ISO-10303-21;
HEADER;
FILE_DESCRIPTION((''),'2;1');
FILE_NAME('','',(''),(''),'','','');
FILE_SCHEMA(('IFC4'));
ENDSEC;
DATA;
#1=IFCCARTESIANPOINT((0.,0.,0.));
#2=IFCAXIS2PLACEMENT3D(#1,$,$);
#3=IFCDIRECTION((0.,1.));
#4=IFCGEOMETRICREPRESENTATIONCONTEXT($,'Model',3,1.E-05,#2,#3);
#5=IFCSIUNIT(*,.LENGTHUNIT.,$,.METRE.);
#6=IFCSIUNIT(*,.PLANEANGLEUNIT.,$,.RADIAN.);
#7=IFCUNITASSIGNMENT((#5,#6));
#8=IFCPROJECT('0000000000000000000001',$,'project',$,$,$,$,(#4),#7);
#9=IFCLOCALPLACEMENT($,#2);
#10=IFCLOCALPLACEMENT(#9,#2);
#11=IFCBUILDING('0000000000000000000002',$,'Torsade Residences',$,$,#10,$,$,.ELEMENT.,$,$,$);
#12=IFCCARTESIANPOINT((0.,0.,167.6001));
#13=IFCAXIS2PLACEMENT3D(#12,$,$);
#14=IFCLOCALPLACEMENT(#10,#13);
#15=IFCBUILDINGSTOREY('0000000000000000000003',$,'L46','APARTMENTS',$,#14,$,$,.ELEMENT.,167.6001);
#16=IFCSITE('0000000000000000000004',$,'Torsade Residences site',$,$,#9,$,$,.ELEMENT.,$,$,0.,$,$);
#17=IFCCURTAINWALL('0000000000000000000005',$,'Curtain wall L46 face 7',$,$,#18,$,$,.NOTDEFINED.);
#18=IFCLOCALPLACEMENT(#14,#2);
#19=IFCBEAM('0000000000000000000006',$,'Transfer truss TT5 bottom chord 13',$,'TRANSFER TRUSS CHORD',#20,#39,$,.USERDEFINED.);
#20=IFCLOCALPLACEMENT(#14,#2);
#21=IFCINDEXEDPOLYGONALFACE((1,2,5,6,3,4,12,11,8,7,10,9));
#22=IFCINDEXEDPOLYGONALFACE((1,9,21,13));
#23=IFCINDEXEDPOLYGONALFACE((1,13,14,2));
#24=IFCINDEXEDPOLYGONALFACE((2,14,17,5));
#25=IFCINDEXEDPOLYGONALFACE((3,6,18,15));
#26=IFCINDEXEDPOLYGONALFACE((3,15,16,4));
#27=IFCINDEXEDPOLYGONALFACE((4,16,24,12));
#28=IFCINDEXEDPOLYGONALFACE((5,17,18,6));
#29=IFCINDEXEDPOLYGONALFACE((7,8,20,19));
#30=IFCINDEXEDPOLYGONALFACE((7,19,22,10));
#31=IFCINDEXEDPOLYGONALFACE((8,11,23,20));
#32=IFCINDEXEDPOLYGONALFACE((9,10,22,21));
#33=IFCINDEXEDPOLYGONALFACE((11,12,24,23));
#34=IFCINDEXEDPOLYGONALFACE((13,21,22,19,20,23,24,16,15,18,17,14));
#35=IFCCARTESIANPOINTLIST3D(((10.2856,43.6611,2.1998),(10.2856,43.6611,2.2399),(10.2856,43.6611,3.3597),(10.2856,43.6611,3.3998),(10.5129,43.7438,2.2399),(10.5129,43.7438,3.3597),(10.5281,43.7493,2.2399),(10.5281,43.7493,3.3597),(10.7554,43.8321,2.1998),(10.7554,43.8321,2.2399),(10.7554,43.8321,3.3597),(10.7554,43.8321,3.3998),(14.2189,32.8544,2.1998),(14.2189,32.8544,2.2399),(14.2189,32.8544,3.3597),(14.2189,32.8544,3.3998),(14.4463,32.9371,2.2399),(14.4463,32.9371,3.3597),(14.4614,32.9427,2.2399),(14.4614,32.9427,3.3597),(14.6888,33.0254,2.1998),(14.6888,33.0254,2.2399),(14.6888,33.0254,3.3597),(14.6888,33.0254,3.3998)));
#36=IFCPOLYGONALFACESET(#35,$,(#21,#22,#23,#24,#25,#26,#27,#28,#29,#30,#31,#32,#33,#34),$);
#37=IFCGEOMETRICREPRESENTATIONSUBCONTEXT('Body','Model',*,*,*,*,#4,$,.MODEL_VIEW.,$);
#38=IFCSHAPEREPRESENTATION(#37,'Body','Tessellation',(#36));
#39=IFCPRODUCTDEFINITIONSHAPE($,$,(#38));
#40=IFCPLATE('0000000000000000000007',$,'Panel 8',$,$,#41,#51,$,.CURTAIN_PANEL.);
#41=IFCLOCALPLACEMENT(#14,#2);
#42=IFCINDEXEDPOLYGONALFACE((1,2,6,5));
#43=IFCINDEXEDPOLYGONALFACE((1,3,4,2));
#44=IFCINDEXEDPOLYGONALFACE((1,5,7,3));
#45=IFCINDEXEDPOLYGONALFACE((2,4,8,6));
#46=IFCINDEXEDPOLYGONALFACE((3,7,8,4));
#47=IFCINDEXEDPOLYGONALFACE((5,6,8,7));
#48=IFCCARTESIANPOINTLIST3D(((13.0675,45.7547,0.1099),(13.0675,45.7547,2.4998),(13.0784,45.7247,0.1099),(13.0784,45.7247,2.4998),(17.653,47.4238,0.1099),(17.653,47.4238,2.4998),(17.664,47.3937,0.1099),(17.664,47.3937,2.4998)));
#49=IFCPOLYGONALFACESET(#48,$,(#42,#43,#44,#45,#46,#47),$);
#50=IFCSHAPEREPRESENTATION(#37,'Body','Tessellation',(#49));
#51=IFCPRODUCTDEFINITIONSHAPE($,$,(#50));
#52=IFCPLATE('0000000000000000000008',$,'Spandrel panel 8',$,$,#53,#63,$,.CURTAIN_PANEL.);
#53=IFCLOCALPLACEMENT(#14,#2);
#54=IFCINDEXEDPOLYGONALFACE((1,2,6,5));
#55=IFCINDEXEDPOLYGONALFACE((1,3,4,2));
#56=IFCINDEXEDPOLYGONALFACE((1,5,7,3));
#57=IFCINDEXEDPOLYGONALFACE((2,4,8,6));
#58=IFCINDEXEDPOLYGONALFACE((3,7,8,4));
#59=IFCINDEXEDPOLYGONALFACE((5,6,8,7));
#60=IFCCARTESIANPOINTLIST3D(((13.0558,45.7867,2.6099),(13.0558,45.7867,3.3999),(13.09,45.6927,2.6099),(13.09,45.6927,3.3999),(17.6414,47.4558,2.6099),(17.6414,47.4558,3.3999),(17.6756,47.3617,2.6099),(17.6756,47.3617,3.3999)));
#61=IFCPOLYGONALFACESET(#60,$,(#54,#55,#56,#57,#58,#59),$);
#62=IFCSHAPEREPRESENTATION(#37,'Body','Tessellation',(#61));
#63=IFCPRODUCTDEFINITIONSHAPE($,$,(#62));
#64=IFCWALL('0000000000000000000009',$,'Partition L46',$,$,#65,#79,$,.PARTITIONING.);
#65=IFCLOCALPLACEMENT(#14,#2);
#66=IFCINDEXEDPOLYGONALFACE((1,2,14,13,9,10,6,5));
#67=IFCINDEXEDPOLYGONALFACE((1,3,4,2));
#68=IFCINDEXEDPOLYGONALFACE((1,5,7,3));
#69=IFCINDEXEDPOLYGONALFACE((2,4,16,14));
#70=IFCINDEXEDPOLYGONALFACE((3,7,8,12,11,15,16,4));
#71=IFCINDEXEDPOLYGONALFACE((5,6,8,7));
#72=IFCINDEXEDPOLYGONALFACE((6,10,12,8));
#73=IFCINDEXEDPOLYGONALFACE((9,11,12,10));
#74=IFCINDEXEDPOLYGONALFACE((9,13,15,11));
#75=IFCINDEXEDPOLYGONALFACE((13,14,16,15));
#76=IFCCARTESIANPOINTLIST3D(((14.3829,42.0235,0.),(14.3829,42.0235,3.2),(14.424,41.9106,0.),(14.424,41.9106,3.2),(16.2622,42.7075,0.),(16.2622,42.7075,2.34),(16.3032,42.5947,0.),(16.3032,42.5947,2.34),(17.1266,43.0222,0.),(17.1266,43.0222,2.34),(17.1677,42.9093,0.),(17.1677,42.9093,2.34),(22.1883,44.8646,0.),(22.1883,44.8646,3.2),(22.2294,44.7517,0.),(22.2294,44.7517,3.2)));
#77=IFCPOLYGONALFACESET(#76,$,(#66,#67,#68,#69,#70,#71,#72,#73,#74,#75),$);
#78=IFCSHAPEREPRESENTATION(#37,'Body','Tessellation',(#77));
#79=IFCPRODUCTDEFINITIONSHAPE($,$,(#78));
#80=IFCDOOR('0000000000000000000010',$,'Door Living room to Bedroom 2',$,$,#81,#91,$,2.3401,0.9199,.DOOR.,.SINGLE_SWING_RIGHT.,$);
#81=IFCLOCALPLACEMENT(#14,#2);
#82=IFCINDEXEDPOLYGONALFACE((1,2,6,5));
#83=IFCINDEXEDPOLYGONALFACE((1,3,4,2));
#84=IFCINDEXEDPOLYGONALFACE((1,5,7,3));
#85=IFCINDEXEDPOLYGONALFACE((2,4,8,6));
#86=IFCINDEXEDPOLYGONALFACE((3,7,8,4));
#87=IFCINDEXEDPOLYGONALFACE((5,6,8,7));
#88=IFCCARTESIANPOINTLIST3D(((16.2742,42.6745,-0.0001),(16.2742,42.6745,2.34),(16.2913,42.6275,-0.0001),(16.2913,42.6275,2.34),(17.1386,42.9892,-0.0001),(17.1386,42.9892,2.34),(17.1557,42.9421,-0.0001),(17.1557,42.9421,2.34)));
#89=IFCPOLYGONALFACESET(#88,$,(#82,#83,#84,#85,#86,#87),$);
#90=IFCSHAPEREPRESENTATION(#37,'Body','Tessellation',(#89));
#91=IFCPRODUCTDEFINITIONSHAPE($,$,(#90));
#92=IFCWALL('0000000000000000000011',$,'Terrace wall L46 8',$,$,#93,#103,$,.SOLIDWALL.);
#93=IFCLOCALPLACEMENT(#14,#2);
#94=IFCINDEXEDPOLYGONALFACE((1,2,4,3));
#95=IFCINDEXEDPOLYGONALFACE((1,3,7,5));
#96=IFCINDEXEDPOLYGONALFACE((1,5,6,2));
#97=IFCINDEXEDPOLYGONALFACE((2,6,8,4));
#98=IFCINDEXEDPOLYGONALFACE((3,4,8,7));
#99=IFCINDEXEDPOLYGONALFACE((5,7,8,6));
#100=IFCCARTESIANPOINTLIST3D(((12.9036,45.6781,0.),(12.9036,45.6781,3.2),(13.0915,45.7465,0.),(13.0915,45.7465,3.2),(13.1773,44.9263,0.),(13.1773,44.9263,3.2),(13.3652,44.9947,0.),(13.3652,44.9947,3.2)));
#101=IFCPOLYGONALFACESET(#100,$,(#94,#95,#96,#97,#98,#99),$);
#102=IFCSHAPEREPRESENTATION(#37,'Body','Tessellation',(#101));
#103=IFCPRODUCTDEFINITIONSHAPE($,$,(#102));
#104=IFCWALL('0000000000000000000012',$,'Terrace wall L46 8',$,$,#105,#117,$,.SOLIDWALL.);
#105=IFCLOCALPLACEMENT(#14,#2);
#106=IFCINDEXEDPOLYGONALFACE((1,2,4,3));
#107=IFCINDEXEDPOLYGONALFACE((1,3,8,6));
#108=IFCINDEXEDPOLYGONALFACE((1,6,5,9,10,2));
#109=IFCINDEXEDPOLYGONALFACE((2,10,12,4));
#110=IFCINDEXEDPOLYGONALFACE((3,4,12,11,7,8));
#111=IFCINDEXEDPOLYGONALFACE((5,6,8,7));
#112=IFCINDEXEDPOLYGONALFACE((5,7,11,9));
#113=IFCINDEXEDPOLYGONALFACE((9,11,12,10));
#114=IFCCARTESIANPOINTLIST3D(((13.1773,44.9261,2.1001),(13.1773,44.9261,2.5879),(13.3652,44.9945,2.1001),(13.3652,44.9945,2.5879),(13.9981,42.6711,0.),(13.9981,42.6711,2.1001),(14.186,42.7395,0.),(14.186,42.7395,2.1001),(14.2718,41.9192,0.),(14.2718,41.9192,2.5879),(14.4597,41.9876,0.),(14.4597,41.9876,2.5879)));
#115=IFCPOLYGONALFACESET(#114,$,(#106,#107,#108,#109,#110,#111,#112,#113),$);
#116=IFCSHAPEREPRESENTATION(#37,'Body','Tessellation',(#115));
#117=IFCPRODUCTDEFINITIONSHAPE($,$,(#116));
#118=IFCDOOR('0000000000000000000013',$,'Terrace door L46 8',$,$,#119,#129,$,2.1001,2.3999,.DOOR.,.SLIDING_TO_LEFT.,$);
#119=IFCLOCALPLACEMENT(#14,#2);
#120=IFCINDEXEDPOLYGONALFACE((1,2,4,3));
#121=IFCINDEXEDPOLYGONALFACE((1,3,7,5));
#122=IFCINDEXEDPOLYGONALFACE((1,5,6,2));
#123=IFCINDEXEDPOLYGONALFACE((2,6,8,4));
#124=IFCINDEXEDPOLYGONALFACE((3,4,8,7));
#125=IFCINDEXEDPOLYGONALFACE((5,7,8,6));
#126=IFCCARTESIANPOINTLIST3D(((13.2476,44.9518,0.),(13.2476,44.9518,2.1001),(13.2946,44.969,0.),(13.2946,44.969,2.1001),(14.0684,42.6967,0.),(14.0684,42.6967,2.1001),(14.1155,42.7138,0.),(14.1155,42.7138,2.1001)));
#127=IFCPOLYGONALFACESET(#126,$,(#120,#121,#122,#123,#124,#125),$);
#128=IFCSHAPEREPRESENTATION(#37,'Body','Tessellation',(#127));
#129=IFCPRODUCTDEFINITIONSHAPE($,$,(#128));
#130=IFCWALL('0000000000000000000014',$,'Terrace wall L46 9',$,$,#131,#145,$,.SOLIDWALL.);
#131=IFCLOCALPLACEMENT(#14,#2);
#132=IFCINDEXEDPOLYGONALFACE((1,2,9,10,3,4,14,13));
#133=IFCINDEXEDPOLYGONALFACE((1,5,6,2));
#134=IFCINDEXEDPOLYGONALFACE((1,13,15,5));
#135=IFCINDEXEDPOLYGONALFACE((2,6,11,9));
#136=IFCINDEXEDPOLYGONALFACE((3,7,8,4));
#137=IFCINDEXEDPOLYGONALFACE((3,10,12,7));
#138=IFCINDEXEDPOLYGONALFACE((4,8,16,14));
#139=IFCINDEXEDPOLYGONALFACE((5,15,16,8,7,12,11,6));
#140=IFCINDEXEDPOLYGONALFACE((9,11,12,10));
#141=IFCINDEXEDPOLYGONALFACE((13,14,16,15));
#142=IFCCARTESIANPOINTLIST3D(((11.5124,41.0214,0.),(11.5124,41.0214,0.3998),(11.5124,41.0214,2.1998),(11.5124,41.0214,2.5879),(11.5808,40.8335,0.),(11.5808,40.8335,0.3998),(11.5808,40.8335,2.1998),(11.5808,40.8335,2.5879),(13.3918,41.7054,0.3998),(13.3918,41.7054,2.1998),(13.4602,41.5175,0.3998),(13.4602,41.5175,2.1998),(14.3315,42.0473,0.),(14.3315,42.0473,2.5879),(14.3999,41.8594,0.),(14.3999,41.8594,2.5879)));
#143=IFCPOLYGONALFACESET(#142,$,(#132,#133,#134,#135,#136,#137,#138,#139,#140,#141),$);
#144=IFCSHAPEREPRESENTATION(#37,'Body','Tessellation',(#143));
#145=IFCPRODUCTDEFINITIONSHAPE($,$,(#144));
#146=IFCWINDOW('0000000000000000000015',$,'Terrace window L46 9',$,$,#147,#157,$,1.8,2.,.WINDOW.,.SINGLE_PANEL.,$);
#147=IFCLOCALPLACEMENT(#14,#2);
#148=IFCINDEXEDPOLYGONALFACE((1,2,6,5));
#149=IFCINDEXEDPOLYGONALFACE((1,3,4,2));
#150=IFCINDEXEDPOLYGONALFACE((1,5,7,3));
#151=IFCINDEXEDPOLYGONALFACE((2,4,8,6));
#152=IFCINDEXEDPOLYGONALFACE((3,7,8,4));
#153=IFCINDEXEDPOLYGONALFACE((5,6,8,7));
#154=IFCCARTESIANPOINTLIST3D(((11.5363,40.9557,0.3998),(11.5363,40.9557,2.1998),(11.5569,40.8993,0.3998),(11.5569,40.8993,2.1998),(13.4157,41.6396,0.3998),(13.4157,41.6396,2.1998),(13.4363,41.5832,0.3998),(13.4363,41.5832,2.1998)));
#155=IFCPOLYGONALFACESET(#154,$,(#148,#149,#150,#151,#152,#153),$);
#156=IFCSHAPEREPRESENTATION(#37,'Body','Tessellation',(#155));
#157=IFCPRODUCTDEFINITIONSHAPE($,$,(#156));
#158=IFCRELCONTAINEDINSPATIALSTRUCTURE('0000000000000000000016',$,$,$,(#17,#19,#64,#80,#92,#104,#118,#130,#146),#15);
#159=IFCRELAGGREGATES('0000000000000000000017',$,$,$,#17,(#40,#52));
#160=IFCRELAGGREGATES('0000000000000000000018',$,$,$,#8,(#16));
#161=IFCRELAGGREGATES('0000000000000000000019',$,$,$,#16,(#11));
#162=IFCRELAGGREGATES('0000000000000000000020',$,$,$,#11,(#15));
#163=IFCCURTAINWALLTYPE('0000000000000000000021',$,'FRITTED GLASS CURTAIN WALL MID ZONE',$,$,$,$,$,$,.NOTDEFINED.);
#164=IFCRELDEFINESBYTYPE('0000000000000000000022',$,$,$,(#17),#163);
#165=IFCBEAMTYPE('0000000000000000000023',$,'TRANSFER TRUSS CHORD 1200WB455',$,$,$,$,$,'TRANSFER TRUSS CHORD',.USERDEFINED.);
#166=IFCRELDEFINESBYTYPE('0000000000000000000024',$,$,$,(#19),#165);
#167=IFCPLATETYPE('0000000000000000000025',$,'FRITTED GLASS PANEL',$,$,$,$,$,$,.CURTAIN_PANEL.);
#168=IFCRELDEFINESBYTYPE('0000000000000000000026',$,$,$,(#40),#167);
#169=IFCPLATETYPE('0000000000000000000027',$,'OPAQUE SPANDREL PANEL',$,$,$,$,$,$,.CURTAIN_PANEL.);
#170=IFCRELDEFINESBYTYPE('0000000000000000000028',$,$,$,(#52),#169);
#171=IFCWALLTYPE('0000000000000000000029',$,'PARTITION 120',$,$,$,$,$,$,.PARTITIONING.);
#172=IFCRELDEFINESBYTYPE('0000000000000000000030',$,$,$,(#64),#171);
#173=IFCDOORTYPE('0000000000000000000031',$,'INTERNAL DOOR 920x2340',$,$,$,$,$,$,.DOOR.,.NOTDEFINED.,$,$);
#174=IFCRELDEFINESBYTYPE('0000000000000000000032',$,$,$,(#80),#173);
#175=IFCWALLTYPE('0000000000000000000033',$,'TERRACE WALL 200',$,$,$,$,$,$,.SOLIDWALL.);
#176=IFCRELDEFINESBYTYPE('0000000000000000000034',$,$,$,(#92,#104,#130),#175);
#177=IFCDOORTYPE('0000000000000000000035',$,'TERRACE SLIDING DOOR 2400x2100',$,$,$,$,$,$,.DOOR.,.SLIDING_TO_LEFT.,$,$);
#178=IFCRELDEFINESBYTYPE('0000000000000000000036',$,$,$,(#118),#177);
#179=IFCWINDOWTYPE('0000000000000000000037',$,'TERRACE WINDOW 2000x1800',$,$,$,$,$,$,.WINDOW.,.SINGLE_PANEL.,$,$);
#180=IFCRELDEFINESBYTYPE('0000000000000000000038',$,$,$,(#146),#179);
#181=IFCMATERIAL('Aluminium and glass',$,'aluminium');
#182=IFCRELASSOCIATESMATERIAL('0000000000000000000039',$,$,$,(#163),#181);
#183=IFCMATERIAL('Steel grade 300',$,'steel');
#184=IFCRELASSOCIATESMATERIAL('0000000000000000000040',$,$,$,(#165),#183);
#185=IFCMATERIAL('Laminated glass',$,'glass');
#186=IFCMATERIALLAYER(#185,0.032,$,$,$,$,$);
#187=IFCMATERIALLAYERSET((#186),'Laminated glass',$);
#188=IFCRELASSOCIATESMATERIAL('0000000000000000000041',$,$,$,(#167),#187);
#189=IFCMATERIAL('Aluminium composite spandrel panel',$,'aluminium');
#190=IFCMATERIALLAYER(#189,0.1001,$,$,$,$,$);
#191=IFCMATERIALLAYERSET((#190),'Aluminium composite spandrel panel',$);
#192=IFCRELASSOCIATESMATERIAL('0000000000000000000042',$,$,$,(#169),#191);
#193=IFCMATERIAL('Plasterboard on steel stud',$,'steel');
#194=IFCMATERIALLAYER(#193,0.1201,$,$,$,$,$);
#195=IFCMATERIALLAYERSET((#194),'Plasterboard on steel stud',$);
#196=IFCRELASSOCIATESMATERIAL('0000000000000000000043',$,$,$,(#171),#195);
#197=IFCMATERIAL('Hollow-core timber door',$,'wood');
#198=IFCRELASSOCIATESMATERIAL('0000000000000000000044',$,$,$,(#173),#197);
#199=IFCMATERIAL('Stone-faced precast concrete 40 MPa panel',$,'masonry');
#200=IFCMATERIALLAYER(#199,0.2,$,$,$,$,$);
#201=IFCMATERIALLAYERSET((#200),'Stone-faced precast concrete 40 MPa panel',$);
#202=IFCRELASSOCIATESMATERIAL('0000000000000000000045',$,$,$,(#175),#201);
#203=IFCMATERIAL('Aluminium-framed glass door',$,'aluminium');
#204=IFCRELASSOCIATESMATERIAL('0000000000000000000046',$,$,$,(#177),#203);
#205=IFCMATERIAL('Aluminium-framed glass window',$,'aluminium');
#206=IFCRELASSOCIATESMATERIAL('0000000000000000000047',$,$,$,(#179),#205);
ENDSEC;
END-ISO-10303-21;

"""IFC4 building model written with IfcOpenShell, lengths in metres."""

from ifc_helpers import new_model, si_unit, direction, frame, frame_2d, origin, origin_2d, place, context, subcontext, project, spatial, rectangle, i_section, extrude, material, layer, layer_set, material_profile, profile_set, type_object, element, fill, aggregate, save


model = new_model("IFC4")

# Units and contexts
model_context = context("Model", 3, precision=1e-05, world=origin(), true_north=direction((0.0, 1.0)))
body_context = subcontext(model_context, "Body", "Model", "MODEL_VIEW")
ifc_project = project(units=[si_unit("LENGTHUNIT", "METRE"), si_unit("PLANEANGLEUNIT", "RADIAN")], contexts=[model_context])

# Site, building, storey
site_placement = place(None, origin())
site = spatial("IfcSite", under=ifc_project, at=site_placement, Name="Torsade Residences site", CompositionType="ELEMENT", RefElevation=0.0)
building_placement = place(site_placement, origin())
building = spatial("IfcBuilding", under=site, at=building_placement, Name="Torsade Residences", CompositionType="ELEMENT")
storey_placement = place(building_placement, frame((0.0, 0.0, 167.6001)))
storey = spatial("IfcBuildingStorey", under=building, at=storey_placement, Name="L46", Description="APARTMENTS", CompositionType="ELEMENT", Elevation=167.6001)

# Curtain wall
ifc_material_1 = material(Name="Aluminium and glass", Category="aluminium")
curtain_wall_type = type_object("IfcCurtainWallType", Name="FRITTED GLASS CURTAIN WALL MID ZONE", PredefinedType="NOTDEFINED", material=ifc_material_1)
curtain_wall_placement = place(storey_placement, origin())
curtain_wall = element("IfcCurtainWall", 1, at=curtain_wall_placement, inside=storey, type_object=curtain_wall_type, Name="Curtain wall L46 face 7", PredefinedType="NOTDEFINED")

# Beam
ifc_material_2 = material(Name="Steel grade 300", Category="steel")
ifc_material_profile_1 = material_profile(ifc_material_2, i_section(OverallWidth=0.5, OverallDepth=1.2, WebThickness=0.0161, FlangeThickness=0.04, at=origin_2d()), Name="1200WB455")
ifc_profile_set_1 = profile_set([ifc_material_profile_1], Name="Steel grade 300")
beam_type_1 = type_object("IfcBeamType", Name="TRANSFER TRUSS CHORD 1200WB455", ElementType="TRANSFER TRUSS CHORD", PredefinedType="USERDEFINED", material=ifc_profile_set_1)
beam_1_placement = place(storey_placement, frame((10.5205, 43.7466, 2.7998), z_axis=(0.342024, -0.939691, 0.0), x_axis=(0.939691, 0.342024, 0.0)))
element("IfcBeam", 2, at=beam_1_placement, inside=storey, type_object=beam_type_1, Name="Transfer truss TT5 bottom chord 13", ObjectType="TRANSFER TRUSS CHORD", PredefinedType="USERDEFINED", context=body_context, shape_type="SweptSolid", body=[
    extrude(i_section(OverallWidth=0.5, OverallDepth=1.2, WebThickness=0.0161, FlangeThickness=0.04, at=origin_2d()), origin(), (0.0, 0.0, 1.0), 11.5002),
])

# Plates
ifc_material_3 = material(Name="Laminated glass", Category="glass")
ifc_layer_1 = layer(ifc_material_3, 0.032)
ifc_layer_set_1 = layer_set([ifc_layer_1], Name="Laminated glass")
plate_type_1 = type_object("IfcPlateType", Name="FRITTED GLASS PANEL", PredefinedType="CURTAIN_PANEL", material=ifc_layer_set_1)
plate_1_placement = place(storey_placement, frame((15.3657, 46.5742, 0.1099), z_axis=(0.0, 0.0, 1.0), x_axis=(-0.939693, -0.34202, 0.0)))
plate_1 = element("IfcPlate", 3, at=plate_1_placement, type_object=plate_type_1, Name="Panel 8", PredefinedType="CURTAIN_PANEL", context=body_context, shape_type="SweptSolid", body=[
    extrude(rectangle(XDim=4.8799, YDim=0.032, at=origin_2d()), origin(), (0.0, 0.0, 1.0), 2.3899),
])
ifc_material_4 = material(Name="Aluminium composite spandrel panel", Category="aluminium")
ifc_layer_2 = layer(ifc_material_4, 0.1001)
ifc_layer_set_2 = layer_set([ifc_layer_2], Name="Aluminium composite spandrel panel")
plate_type_2 = type_object("IfcPlateType", Name="OPAQUE SPANDREL PANEL", PredefinedType="CURTAIN_PANEL", material=ifc_layer_set_2)
plate_2_placement = place(storey_placement, frame((15.3657, 46.5742, 2.6099), z_axis=(0.0, 0.0, 1.0), x_axis=(-0.939693, -0.34202, 0.0)))
plate_2 = element("IfcPlate", 4, at=plate_2_placement, type_object=plate_type_2, Name="Spandrel panel 8", PredefinedType="CURTAIN_PANEL", context=body_context, shape_type="SweptSolid", body=[
    extrude(rectangle(XDim=4.8799, YDim=0.1001, at=origin_2d()), origin(), (0.0, 0.0, 1.0), 0.79),
])
aggregate(curtain_wall, [plate_1, plate_2])

# Wall, opening, door
ifc_material_5 = material(Name="Plasterboard on steel stud", Category="steel")
ifc_layer_3 = layer(ifc_material_5, 0.1201)
ifc_layer_set_3 = layer_set([ifc_layer_3], Name="Plasterboard on steel stud")
wall_type_1 = type_object("IfcWallType", Name="PARTITION 120", PredefinedType="PARTITIONING", material=ifc_layer_set_3)
wall_1_placement = place(storey_placement, frame((14.4033, 41.967, 0.0), z_axis=(0.0, 0.0, 1.0), x_axis=(0.939688, 0.342033, 0.0)))
wall_1 = element("IfcWall", 5, at=wall_1_placement, inside=storey, type_object=wall_type_1, Name="Partition L46", PredefinedType="PARTITIONING", context=body_context, shape_type="SweptSolid", body=[
    extrude(rectangle(XDim=8.3064, YDim=0.1201, at=frame_2d((4.1533, 0.0))), origin(), (0.0, 0.0, 1.0), 3.2),
])
opening_1_placement = place(wall_1_placement, frame((2.0, 0.0, 0.0)))
opening_1 = element("IfcOpeningElement", 6, at=opening_1_placement, cuts=wall_1, PredefinedType="OPENING", context=body_context, shape_type="SweptSolid", body=[
    extrude(rectangle(XDim=0.9199, YDim=2.3401, at=frame_2d((0.46, 1.1699))), frame((0.0, 0.0701, 0.0), z_axis=(0.0, -1.0, 0.0), x_axis=(1.0, 0.0, 0.0)), (0.0, 0.0, 1.0), 0.1401),
])
ifc_material_6 = material(Name="Hollow-core timber door", Category="wood")
door_type_1 = type_object("IfcDoorType", Name="INTERNAL DOOR 920x2340", OperationType="NOTDEFINED", PredefinedType="DOOR", material=ifc_material_6)
door_1_placement = place(opening_1_placement, origin())
door_1 = element("IfcDoor", 7, at=door_1_placement, inside=storey, type_object=door_type_1, Name="Door Living room to Bedroom 2", OperationType="SINGLE_SWING_RIGHT", OverallHeight=2.3401, OverallWidth=0.9199, PredefinedType="DOOR", context=body_context, shape_type="SweptSolid", body=[
    extrude(rectangle(XDim=0.9199, YDim=2.3401, at=frame_2d((0.46, 1.1699))), frame((0.0, 0.0249, 0.0), z_axis=(0.0, -1.0, 0.0), x_axis=(1.0, 0.0, 0.0)), (0.0, 0.0, 1.0), 0.05),
])
fill(opening_1, door_1)

# Wall
ifc_material_7 = material(Name="Stone-faced precast concrete 40 MPa panel", Category="masonry")
ifc_layer_4 = layer(ifc_material_7, 0.2)
ifc_layer_set_4 = layer_set([ifc_layer_4], Name="Stone-faced precast concrete 40 MPa panel")
wall_type_2 = type_object("IfcWallType", Name="TERRACE WALL 200", PredefinedType="SOLIDWALL", material=ifc_layer_set_4)
wall_2_placement = place(storey_placement, frame((12.9976, 45.7122, 0.0), z_axis=(0.0, 0.0, 1.0), x_axis=(0.342111, -0.93966, 0.0)))
element("IfcWall", 8, at=wall_2_placement, inside=storey, type_object=wall_type_2, Name="Terrace wall L46 8", PredefinedType="SOLIDWALL", context=body_context, shape_type="SweptSolid", body=[
    extrude(rectangle(XDim=0.8, YDim=0.2, at=frame_2d((0.3999, 0.0))), origin(), (0.0, 0.0, 1.0), 3.2),
])

# Wall, opening, door
wall_3_placement = place(storey_placement, frame((13.2712, 44.9604, 0.0), z_axis=(0.0, 0.0, 1.0), x_axis=(0.342019, -0.939693, 0.0)))
wall_3 = element("IfcWall", 9, at=wall_3_placement, inside=storey, type_object=wall_type_2, Name="Terrace wall L46 8", PredefinedType="SOLIDWALL", context=body_context, shape_type="SweptSolid", body=[
    extrude(rectangle(XDim=3.2, YDim=0.2, at=frame_2d((1.6001, 0.0))), origin(), (0.0, 0.0, 1.0), 2.5879),
])
opening_2_placement = place(wall_3_placement, origin())
opening_2 = element("IfcOpeningElement", 10, at=opening_2_placement, cuts=wall_3, PredefinedType="OPENING", context=body_context, shape_type="SweptSolid", body=[
    extrude(rectangle(XDim=2.3999, YDim=2.1001, at=frame_2d((1.2, 1.05))), frame((0.0, 0.1099, 0.0), z_axis=(0.0, -1.0, 0.0), x_axis=(1.0, 0.0, 0.0)), (0.0, 0.0, 1.0), 0.22),
])
ifc_material_8 = material(Name="Aluminium-framed glass door", Category="aluminium")
door_type_2 = type_object("IfcDoorType", Name="TERRACE SLIDING DOOR 2400x2100", OperationType="SLIDING_TO_LEFT", PredefinedType="DOOR", material=ifc_material_8)
door_2_placement = place(opening_2_placement, origin())
door_2 = element("IfcDoor", 11, at=door_2_placement, inside=storey, type_object=door_type_2, Name="Terrace door L46 8", OperationType="SLIDING_TO_LEFT", OverallHeight=2.1001, OverallWidth=2.3999, PredefinedType="DOOR", context=body_context, shape_type="SweptSolid", body=[
    extrude(rectangle(XDim=2.3999, YDim=2.1001, at=frame_2d((1.2, 1.05))), frame((0.0, 0.0249, 0.0), z_axis=(0.0, -1.0, 0.0), x_axis=(1.0, 0.0, 0.0)), (0.0, 0.0, 1.0), 0.05),
])
fill(opening_2, door_2)

# Wall, opening, window
wall_4_placement = place(storey_placement, frame((14.3657, 41.9534, 0.0), z_axis=(0.0, 0.0, 1.0), x_axis=(-0.939713, -0.341965, 0.0)))
wall_4 = element("IfcWall", 12, at=wall_4_placement, inside=storey, type_object=wall_type_2, Name="Terrace wall L46 9", PredefinedType="SOLIDWALL", context=body_context, shape_type="SweptSolid", body=[
    extrude(rectangle(XDim=3.0, YDim=0.2, at=frame_2d((1.5, 0.0))), origin(), (0.0, 0.0, 1.0), 2.5879),
])
opening_3_placement = place(wall_4_placement, frame((1.0, 0.0, 0.3999)))
opening_3 = element("IfcOpeningElement", 13, at=opening_3_placement, cuts=wall_4, PredefinedType="OPENING", context=body_context, shape_type="SweptSolid", body=[
    extrude(rectangle(XDim=2.0, YDim=1.8, at=frame_2d((1.0, 0.8999))), frame((0.0, 0.1099, 0.0), z_axis=(0.0, -1.0, 0.0), x_axis=(1.0, 0.0, 0.0)), (0.0, 0.0, 1.0), 0.22),
])
ifc_material_9 = material(Name="Aluminium-framed glass window", Category="aluminium")
window_type = type_object("IfcWindowType", Name="TERRACE WINDOW 2000x1800", PartitioningType="SINGLE_PANEL", PredefinedType="WINDOW", material=ifc_material_9)
window_placement = place(opening_3_placement, origin())
window = element("IfcWindow", 14, at=window_placement, inside=storey, type_object=window_type, Name="Terrace window L46 9", OverallHeight=1.8, OverallWidth=2.0, PartitioningType="SINGLE_PANEL", PredefinedType="WINDOW", context=body_context, shape_type="SweptSolid", body=[
    extrude(rectangle(XDim=2.0, YDim=1.8, at=frame_2d((1.0, 0.8999))), frame((0.0, 0.03, 0.0), z_axis=(0.0, -1.0, 0.0), x_axis=(1.0, 0.0, 0.0)), (0.0, 0.0, 1.0), 0.0601),
])
fill(opening_3, window)

save(model, "model.ifc")
